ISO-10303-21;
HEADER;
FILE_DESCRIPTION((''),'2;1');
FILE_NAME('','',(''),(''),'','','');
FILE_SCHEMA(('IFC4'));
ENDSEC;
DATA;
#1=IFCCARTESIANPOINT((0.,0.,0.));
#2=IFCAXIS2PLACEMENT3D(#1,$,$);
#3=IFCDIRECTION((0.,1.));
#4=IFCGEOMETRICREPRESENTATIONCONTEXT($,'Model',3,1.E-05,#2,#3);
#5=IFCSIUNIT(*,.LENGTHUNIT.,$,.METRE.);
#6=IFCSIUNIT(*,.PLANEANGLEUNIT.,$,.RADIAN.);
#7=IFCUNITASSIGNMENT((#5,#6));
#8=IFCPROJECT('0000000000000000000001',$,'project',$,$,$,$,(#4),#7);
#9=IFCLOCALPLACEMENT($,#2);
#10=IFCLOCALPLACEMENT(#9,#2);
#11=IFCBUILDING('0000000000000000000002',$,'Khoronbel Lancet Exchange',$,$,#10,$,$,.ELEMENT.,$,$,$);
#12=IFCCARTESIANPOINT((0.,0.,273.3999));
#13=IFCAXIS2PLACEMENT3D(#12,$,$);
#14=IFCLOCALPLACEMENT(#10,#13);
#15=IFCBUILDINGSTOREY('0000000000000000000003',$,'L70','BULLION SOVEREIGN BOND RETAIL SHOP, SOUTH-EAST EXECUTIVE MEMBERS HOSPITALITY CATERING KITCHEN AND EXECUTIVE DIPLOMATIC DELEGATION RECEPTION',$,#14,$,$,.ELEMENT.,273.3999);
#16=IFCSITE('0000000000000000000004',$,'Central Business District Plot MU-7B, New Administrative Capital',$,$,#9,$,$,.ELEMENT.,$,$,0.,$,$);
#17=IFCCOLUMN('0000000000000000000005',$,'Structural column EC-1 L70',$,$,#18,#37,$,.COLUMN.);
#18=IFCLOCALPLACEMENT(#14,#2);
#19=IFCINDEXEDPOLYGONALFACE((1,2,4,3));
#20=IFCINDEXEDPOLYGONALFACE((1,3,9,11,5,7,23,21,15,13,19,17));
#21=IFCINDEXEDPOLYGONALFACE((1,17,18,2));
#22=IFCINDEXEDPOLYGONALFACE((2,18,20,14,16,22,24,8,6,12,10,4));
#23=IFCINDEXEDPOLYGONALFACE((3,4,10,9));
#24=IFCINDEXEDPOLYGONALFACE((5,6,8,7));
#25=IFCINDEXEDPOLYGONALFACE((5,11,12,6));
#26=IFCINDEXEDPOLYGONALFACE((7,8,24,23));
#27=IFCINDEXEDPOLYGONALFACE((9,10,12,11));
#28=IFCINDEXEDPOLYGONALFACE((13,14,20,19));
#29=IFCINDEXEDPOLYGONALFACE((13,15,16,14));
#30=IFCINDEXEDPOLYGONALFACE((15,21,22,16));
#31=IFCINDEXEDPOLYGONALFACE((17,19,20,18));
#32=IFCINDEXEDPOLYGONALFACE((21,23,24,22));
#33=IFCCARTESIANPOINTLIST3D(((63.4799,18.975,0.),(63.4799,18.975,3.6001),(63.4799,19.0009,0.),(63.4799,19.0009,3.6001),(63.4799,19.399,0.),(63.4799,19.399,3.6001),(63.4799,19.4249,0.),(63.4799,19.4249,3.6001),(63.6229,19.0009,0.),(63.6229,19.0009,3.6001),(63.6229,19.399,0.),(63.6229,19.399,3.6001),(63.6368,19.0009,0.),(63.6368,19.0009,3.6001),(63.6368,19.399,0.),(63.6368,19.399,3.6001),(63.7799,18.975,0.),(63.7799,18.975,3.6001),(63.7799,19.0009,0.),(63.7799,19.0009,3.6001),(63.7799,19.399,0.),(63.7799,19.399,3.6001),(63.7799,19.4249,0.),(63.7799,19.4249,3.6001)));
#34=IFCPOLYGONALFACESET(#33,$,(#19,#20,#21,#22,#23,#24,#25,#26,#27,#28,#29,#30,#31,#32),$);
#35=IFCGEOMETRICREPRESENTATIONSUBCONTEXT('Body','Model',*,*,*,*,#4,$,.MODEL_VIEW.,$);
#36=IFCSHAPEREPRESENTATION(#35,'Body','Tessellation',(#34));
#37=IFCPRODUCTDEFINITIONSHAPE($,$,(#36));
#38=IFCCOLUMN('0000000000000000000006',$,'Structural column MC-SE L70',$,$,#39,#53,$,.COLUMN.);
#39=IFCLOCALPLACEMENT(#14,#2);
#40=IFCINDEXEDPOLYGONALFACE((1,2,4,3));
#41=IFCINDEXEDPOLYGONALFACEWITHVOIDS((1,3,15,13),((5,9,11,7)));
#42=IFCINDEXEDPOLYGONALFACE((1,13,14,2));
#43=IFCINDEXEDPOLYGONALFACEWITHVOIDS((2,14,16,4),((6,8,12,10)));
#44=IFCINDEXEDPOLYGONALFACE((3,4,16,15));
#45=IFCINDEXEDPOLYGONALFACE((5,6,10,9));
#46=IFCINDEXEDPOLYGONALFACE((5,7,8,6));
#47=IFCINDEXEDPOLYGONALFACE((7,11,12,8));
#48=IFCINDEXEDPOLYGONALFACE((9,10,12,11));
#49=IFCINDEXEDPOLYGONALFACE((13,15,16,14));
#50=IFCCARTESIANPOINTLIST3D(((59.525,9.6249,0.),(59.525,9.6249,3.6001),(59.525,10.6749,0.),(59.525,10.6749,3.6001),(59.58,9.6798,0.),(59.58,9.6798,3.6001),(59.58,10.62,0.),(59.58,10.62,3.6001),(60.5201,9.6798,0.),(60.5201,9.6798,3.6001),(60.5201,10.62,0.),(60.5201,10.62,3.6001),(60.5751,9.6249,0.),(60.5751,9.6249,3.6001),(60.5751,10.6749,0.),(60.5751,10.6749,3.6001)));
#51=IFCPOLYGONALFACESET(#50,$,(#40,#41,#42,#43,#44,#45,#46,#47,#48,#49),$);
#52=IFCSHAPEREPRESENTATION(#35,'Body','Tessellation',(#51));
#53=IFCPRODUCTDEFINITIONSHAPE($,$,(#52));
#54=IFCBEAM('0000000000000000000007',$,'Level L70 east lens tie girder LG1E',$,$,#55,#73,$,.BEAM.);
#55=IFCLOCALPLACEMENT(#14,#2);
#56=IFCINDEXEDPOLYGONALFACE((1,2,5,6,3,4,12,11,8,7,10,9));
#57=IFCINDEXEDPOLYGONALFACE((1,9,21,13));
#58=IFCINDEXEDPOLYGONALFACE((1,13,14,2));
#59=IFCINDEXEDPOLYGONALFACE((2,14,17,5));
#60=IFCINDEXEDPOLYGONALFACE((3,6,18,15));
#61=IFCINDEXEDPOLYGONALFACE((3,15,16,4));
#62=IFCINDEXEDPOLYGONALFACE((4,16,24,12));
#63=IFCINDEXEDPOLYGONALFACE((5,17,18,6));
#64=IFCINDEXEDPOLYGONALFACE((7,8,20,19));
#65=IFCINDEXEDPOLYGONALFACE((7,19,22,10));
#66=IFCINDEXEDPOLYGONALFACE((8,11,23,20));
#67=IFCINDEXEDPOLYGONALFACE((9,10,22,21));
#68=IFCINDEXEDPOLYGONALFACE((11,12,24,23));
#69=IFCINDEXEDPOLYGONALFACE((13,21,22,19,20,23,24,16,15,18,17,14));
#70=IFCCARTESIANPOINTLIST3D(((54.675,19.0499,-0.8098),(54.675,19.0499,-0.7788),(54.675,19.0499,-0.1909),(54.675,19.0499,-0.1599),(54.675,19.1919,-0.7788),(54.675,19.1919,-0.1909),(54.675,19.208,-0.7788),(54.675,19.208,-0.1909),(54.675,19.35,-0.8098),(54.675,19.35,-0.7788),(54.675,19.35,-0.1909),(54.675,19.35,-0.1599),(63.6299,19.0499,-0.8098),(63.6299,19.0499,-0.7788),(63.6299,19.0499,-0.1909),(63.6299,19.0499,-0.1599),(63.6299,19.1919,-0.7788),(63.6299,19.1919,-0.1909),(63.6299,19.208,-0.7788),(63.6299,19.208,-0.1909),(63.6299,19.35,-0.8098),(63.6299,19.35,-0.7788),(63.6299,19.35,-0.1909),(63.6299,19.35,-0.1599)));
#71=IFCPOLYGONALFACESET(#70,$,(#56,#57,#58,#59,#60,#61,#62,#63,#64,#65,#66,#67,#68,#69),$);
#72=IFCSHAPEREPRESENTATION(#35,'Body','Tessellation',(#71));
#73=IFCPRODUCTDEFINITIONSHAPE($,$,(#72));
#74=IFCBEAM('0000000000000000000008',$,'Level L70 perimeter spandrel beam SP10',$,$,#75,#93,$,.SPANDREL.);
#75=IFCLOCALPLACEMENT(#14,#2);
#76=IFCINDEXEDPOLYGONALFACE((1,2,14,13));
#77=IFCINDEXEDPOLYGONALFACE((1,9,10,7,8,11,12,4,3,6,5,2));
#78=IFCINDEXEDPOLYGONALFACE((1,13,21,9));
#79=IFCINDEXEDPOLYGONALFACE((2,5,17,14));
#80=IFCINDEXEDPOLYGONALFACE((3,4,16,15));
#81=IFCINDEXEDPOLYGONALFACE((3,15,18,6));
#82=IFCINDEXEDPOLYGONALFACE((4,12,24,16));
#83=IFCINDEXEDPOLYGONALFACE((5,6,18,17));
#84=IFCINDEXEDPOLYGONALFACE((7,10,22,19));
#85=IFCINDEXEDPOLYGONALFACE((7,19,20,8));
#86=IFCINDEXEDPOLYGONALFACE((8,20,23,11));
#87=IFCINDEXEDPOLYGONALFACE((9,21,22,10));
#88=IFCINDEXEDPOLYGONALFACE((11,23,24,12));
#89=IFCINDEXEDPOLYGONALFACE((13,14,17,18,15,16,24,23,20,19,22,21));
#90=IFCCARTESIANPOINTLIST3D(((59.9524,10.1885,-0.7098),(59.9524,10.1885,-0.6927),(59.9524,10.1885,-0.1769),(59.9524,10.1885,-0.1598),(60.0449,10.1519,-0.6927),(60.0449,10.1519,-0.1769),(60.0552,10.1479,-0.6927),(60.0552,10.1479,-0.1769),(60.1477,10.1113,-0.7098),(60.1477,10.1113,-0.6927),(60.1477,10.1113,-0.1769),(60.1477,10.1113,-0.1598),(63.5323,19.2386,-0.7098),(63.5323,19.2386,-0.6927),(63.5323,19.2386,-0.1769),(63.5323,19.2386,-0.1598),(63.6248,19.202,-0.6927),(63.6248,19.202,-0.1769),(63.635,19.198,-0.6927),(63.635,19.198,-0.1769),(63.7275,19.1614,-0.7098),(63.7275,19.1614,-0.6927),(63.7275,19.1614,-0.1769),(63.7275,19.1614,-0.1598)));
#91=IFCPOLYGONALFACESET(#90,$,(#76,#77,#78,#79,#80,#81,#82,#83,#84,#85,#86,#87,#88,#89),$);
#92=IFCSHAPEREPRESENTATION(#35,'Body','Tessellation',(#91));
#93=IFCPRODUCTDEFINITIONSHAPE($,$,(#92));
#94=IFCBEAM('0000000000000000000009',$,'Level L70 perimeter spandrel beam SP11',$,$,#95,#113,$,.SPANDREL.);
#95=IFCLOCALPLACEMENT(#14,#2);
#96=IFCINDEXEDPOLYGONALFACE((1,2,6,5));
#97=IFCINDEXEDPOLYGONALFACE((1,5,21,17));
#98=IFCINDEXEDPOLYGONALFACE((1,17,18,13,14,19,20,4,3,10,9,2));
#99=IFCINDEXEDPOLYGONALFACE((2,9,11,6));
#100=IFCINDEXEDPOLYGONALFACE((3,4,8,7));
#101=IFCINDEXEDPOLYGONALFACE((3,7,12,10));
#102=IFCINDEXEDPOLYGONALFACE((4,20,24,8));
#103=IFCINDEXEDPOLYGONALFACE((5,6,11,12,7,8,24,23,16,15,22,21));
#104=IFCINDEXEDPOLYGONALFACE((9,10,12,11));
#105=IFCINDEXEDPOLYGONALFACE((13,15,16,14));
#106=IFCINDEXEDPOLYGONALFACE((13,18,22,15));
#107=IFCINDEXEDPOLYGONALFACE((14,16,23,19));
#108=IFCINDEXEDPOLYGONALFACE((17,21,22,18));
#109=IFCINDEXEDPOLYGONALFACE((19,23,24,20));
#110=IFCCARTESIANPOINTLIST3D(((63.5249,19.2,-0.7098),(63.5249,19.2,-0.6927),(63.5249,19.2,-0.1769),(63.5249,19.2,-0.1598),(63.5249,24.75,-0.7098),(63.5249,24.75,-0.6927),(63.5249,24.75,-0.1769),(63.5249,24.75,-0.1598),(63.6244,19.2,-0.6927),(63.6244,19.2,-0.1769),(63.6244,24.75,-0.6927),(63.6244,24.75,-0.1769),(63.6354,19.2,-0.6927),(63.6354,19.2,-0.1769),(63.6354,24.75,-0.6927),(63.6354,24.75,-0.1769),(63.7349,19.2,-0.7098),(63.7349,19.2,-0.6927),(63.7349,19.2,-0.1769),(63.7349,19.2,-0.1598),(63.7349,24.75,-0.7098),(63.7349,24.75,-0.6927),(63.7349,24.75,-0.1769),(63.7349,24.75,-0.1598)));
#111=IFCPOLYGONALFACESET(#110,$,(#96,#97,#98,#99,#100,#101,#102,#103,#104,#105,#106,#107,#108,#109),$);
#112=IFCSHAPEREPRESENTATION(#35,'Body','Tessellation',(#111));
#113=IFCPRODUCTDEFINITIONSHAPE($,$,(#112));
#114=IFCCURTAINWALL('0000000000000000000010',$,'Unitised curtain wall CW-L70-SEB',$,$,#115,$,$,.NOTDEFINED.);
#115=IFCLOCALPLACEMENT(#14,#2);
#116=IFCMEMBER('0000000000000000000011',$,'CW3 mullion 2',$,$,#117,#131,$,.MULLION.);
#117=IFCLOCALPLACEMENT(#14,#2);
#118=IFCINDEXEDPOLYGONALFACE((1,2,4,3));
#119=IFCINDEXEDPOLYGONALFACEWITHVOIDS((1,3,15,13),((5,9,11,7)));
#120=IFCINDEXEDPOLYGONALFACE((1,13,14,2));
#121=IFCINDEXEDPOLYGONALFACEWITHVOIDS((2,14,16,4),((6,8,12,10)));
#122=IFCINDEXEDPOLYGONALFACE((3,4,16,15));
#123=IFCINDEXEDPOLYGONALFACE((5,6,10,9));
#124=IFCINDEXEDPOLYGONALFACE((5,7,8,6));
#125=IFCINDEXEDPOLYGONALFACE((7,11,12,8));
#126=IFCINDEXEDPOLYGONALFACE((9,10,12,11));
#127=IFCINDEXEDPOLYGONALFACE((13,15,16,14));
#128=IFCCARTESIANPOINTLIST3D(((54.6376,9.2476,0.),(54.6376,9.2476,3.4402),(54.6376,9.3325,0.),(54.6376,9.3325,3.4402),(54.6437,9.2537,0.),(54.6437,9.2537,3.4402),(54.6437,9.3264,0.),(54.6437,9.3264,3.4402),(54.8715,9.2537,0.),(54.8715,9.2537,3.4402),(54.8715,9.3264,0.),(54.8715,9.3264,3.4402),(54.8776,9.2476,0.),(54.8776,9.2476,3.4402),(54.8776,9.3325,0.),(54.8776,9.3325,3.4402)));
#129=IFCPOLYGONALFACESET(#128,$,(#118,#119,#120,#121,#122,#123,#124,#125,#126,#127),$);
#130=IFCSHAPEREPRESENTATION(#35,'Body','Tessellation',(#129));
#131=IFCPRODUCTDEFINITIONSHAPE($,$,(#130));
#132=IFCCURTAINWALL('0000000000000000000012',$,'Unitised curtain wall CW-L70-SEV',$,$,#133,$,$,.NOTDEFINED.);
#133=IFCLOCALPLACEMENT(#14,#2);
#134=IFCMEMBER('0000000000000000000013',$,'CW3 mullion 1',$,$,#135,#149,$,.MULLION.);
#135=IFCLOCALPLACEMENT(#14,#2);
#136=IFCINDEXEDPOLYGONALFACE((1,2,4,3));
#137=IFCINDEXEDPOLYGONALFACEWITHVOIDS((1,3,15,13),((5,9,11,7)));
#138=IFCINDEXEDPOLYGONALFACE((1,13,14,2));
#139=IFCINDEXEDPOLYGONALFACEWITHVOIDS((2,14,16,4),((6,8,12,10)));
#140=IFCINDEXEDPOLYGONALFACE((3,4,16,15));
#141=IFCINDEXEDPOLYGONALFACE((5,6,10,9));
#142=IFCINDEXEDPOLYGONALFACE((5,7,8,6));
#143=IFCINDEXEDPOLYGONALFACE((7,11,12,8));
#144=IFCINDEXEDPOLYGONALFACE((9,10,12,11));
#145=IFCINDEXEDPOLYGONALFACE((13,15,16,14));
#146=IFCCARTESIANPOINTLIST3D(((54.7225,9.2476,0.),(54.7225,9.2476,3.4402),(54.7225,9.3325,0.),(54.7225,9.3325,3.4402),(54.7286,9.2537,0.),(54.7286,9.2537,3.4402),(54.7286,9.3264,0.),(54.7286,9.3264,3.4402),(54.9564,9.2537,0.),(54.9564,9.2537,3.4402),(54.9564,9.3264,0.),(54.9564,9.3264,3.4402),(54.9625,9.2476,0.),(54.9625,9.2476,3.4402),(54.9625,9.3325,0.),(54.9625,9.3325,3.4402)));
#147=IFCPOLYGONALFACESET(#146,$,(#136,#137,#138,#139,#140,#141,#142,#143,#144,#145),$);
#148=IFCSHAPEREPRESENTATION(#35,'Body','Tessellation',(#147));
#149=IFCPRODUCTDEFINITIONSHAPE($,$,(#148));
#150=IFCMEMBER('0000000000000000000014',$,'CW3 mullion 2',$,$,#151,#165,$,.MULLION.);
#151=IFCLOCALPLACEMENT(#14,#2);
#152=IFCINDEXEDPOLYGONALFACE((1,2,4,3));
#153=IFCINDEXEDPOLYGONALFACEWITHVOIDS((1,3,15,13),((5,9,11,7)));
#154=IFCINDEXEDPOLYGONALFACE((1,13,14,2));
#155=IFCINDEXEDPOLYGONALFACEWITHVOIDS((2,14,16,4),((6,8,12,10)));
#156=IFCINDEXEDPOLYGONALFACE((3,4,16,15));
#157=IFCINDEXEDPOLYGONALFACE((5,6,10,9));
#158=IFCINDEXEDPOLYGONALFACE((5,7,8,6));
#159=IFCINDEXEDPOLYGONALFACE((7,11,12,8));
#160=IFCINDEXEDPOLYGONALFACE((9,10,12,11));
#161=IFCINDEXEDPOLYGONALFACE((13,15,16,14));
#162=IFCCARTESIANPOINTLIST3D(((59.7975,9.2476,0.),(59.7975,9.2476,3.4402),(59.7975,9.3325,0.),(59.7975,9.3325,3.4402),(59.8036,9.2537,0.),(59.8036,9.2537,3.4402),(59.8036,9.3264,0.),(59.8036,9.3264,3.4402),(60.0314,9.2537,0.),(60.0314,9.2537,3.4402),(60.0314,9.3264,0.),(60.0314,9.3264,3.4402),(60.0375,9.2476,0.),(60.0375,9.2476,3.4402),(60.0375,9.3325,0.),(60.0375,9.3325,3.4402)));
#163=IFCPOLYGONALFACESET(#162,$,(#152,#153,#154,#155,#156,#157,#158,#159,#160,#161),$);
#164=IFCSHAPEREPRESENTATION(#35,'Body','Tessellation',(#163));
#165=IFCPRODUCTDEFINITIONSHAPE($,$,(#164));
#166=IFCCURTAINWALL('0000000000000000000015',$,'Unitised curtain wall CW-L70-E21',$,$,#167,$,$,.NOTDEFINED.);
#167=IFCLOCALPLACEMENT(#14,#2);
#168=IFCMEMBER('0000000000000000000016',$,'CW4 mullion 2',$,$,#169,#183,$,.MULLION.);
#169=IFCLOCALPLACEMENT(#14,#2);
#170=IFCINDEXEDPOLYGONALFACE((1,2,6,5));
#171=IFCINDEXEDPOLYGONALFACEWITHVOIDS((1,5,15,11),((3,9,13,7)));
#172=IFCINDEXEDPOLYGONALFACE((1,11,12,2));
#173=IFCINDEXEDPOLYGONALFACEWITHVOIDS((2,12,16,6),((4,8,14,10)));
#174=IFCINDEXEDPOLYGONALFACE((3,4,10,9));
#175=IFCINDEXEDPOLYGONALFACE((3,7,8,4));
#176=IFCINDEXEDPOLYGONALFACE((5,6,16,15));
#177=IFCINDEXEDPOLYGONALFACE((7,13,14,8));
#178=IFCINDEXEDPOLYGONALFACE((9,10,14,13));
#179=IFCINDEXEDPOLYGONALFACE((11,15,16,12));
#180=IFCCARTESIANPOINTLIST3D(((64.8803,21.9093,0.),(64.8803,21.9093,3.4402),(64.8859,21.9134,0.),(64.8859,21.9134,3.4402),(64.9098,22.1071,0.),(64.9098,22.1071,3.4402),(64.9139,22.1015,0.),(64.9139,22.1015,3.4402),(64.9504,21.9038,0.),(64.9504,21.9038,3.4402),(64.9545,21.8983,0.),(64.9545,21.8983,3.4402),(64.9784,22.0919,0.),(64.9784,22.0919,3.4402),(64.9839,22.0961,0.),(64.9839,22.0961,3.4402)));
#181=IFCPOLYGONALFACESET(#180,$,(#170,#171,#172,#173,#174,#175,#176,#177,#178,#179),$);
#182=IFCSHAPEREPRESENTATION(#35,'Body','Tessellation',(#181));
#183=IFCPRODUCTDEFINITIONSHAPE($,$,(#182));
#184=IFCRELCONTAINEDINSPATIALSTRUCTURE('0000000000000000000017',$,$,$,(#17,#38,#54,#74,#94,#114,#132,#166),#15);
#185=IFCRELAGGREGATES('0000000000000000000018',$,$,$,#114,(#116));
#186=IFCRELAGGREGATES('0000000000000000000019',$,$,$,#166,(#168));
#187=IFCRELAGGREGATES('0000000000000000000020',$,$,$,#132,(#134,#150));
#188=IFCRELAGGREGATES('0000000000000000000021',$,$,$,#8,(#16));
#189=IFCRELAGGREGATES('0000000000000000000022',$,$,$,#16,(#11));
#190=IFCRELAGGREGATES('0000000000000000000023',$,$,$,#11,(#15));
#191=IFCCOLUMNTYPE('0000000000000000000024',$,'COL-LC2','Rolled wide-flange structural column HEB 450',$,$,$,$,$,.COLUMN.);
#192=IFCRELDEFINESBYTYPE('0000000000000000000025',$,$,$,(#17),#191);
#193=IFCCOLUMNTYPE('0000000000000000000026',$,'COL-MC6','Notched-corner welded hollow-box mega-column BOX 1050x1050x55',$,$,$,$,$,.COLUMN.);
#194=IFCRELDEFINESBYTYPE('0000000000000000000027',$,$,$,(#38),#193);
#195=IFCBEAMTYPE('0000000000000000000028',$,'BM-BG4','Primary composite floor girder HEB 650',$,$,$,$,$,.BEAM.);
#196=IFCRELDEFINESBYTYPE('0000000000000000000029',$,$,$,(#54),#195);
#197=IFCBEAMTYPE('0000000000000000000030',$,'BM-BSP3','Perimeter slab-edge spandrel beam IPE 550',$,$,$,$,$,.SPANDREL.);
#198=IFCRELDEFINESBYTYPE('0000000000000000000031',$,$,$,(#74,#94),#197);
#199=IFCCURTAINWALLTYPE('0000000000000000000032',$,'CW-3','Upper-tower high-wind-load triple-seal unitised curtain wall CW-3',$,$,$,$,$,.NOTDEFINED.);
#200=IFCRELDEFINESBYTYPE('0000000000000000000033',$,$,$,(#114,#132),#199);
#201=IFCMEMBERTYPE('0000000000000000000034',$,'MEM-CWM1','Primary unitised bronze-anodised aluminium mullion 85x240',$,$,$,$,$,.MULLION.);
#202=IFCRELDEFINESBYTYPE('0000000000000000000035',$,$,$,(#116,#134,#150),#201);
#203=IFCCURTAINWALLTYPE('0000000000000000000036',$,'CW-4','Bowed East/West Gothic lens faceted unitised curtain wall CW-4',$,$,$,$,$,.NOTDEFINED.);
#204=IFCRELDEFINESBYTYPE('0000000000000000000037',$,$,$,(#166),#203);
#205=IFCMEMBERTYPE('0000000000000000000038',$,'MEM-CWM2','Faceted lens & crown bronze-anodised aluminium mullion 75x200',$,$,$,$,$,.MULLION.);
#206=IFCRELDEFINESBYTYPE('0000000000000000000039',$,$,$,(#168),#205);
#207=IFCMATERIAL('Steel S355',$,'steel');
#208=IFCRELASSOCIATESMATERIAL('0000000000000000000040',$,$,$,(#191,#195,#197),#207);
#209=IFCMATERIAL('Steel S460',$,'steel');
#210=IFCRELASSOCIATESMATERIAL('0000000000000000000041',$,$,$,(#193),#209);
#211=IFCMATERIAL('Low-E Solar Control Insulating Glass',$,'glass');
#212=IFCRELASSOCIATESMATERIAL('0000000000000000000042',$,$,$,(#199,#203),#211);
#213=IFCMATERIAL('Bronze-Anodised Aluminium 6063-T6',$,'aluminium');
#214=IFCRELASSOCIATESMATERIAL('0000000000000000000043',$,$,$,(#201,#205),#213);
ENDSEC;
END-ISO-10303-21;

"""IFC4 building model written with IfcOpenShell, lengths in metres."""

from ifc_helpers import new_model, si_unit, direction, frame, origin, origin_2d, place, context, subcontext, project, spatial, hollow_rectangle, i_section, extrude, material, material_profile, profile_set, type_object, element, aggregate, save


model = new_model("IFC4")

# Units and contexts
model_context = context("Model", 3, precision=1e-05, world=origin(), true_north=direction((0.0, 1.0)))
body_context = subcontext(model_context, "Body", "Model", "MODEL_VIEW")
ifc_project = project(units=[si_unit("LENGTHUNIT", "METRE"), si_unit("PLANEANGLEUNIT", "RADIAN")], contexts=[model_context])

# Site, building, storey
site_placement = place(None, origin())
site = spatial("IfcSite", under=ifc_project, at=site_placement, Name="Central Business District Plot MU-7B, New Administrative Capital", CompositionType="ELEMENT", RefElevation=0.0)
building_placement = place(site_placement, origin())
building = spatial("IfcBuilding", under=site, at=building_placement, Name="Khoronbel Lancet Exchange", CompositionType="ELEMENT")
storey_placement = place(building_placement, frame((0.0, 0.0, 273.3999)))
storey = spatial("IfcBuildingStorey", under=building, at=storey_placement, Name="L70", Description="BULLION SOVEREIGN BOND RETAIL SHOP, SOUTH-EAST EXECUTIVE MEMBERS HOSPITALITY CATERING KITCHEN AND EXECUTIVE DIPLOMATIC DELEGATION RECEPTION", CompositionType="ELEMENT", Elevation=273.3999)

# Columns
ifc_material_1 = material(Name="Steel S355", Category="steel")
ifc_material_profile_1 = material_profile(ifc_material_1, i_section(OverallWidth=0.3, OverallDepth=0.45, WebThickness=0.0139, FlangeThickness=0.0259, at=origin_2d()), Name="HEB 450")
ifc_profile_set_1 = profile_set([ifc_material_profile_1], Name="Steel S355")
column_type_1 = type_object("IfcColumnType", Name="COL-LC2", Description="Rolled wide-flange structural column HEB 450", PredefinedType="COLUMN", material=ifc_profile_set_1)
column_1_placement = place(storey_placement, frame((63.6299, 19.2, 0.0), z_axis=(0.0, 0.0, 1.0), x_axis=(1.0, 0.0, 0.0)))
element("IfcColumn", 1, at=column_1_placement, inside=storey, type_object=column_type_1, Name="Structural column EC-1 L70", PredefinedType="COLUMN", context=body_context, shape_type="SweptSolid", body=[
    extrude(i_section(OverallWidth=0.3, OverallDepth=0.45, WebThickness=0.0139, FlangeThickness=0.0259, at=origin_2d()), origin(), (0.0, 0.0, 1.0), 3.6001),
])
ifc_material_2 = material(Name="Steel S460", Category="steel")
ifc_material_profile_2 = material_profile(ifc_material_2, hollow_rectangle(XDim=1.05, YDim=1.05, WallThickness=0.0549, at=origin_2d()), Name="BOX 1050x1050x55")
ifc_profile_set_2 = profile_set([ifc_material_profile_2], Name="Steel S460")
column_type_2 = type_object("IfcColumnType", Name="COL-MC6", Description="Notched-corner welded hollow-box mega-column BOX 1050x1050x55", PredefinedType="COLUMN", material=ifc_profile_set_2)
column_2_placement = place(storey_placement, frame((60.05, 10.1499, 0.0), z_axis=(0.0, 0.0, 1.0), x_axis=(1.0, 0.0, 0.0)))
element("IfcColumn", 2, at=column_2_placement, inside=storey, type_object=column_type_2, Name="Structural column MC-SE L70", PredefinedType="COLUMN", context=body_context, shape_type="SweptSolid", body=[
    extrude(hollow_rectangle(XDim=1.05, YDim=1.05, WallThickness=0.0549, at=origin_2d()), origin(), (0.0, 0.0, 1.0), 3.6001),
])

# Beams
ifc_material_profile_3 = material_profile(ifc_material_1, i_section(OverallWidth=0.3, OverallDepth=0.6499, WebThickness=0.0161, FlangeThickness=0.031, at=origin_2d()), Name="HEB 650")
ifc_profile_set_3 = profile_set([ifc_material_profile_3], Name="Steel S355")
beam_type_1 = type_object("IfcBeamType", Name="BM-BG4", Description="Primary composite floor girder HEB 650", PredefinedType="BEAM", material=ifc_profile_set_3)
beam_1_placement = place(storey_placement, frame((54.675, 19.2, -0.4849), z_axis=(1.0, 0.0, 0.0), x_axis=(0.0, 1.0, 0.0)))
element("IfcBeam", 3, at=beam_1_placement, inside=storey, type_object=beam_type_1, Name="Level L70 east lens tie girder LG1E", PredefinedType="BEAM", context=body_context, shape_type="SweptSolid", body=[
    extrude(i_section(OverallWidth=0.3, OverallDepth=0.6499, WebThickness=0.0161, FlangeThickness=0.031, at=origin_2d()), origin(), (0.0, 0.0, 1.0), 8.9548),
])
ifc_material_profile_4 = material_profile(ifc_material_1, i_section(OverallWidth=0.21, OverallDepth=0.55, WebThickness=0.011, FlangeThickness=0.0171, at=origin_2d()), Name="IPE 550")
ifc_profile_set_4 = profile_set([ifc_material_profile_4], Name="Steel S355")
beam_type_2 = type_object("IfcBeamType", Name="BM-BSP3", Description="Perimeter slab-edge spandrel beam IPE 550", PredefinedType="SPANDREL", material=ifc_profile_set_4)
beam_2_placement = place(storey_placement, frame((60.05, 10.1499, -0.4348), z_axis=(0.367828, 0.929894, 0.0), x_axis=(-0.929894, 0.367828, 0.0)))
element("IfcBeam", 4, at=beam_2_placement, inside=storey, type_object=beam_type_2, Name="Level L70 perimeter spandrel beam SP10", PredefinedType="SPANDREL", context=body_context, shape_type="SweptSolid", body=[
    extrude(i_section(OverallWidth=0.21, OverallDepth=0.55, WebThickness=0.011, FlangeThickness=0.0171, at=origin_2d()), origin(), (0.0, 0.0, 1.0), 9.7324),
])
beam_3_placement = place(storey_placement, frame((63.6299, 19.2, -0.4348), z_axis=(0.0, 1.0, 0.0), x_axis=(-1.0, 0.0, 0.0)))
element("IfcBeam", 5, at=beam_3_placement, inside=storey, type_object=beam_type_2, Name="Level L70 perimeter spandrel beam SP11", PredefinedType="SPANDREL", context=body_context, shape_type="SweptSolid", body=[
    extrude(i_section(OverallWidth=0.21, OverallDepth=0.55, WebThickness=0.011, FlangeThickness=0.0171, at=origin_2d()), origin(), (0.0, 0.0, 1.0), 5.55),
])

# Curtain wall, member
ifc_material_3 = material(Name="Low-E Solar Control Insulating Glass", Category="glass")
curtain_wall_type_1 = type_object("IfcCurtainWallType", Name="CW-3", Description="Upper-tower high-wind-load triple-seal unitised curtain wall CW-3", PredefinedType="NOTDEFINED", material=ifc_material_3)
curtain_wall_1_placement = place(storey_placement, origin())
curtain_wall_1 = element("IfcCurtainWall", 6, at=curtain_wall_1_placement, inside=storey, type_object=curtain_wall_type_1, Name="Unitised curtain wall CW-L70-SEB", PredefinedType="NOTDEFINED")
ifc_material_4 = material(Name="Bronze-Anodised Aluminium 6063-T6", Category="aluminium")
ifc_material_profile_5 = material_profile(ifc_material_4, hollow_rectangle(XDim=0.085, YDim=0.24, WallThickness=0.0061, at=origin_2d()), Name="ALU MULLION 85x240")
ifc_profile_set_5 = profile_set([ifc_material_profile_5], Name="Bronze-Anodised Aluminium 6063-T6")
member_type_1 = type_object("IfcMemberType", Name="MEM-CWM1", Description="Primary unitised bronze-anodised aluminium mullion 85x240", PredefinedType="MULLION", material=ifc_profile_set_5)
member_1_placement = place(storey_placement, frame((54.7576, 9.29, 0.0), z_axis=(0.0, 0.0, 1.0), x_axis=(0.0, 1.0, 0.0)))
member_1 = element("IfcMember", 7, at=member_1_placement, type_object=member_type_1, Name="CW3 mullion 2", PredefinedType="MULLION", context=body_context, shape_type="SweptSolid", body=[
    extrude(hollow_rectangle(XDim=0.085, YDim=0.24, WallThickness=0.0061, at=origin_2d()), origin(), (0.0, 0.0, 1.0), 3.4402),
])
aggregate(curtain_wall_1, [member_1])

# Curtain wall, members
curtain_wall_2_placement = place(storey_placement, origin())
curtain_wall_2 = element("IfcCurtainWall", 8, at=curtain_wall_2_placement, inside=storey, type_object=curtain_wall_type_1, Name="Unitised curtain wall CW-L70-SEV", PredefinedType="NOTDEFINED")
member_2_placement = place(storey_placement, frame((54.8425, 9.29, 0.0), z_axis=(0.0, 0.0, 1.0), x_axis=(0.0, 1.0, 0.0)))
member_2 = element("IfcMember", 9, at=member_2_placement, type_object=member_type_1, Name="CW3 mullion 1", PredefinedType="MULLION", context=body_context, shape_type="SweptSolid", body=[
    extrude(hollow_rectangle(XDim=0.085, YDim=0.24, WallThickness=0.0061, at=origin_2d()), origin(), (0.0, 0.0, 1.0), 3.4402),
])
member_3_placement = place(storey_placement, frame((59.9175, 9.29, 0.0), z_axis=(0.0, 0.0, 1.0), x_axis=(0.0, 1.0, 0.0)))
member_3 = element("IfcMember", 10, at=member_3_placement, type_object=member_type_1, Name="CW3 mullion 2", PredefinedType="MULLION", context=body_context, shape_type="SweptSolid", body=[
    extrude(hollow_rectangle(XDim=0.085, YDim=0.24, WallThickness=0.0061, at=origin_2d()), origin(), (0.0, 0.0, 1.0), 3.4402),
])

# Curtain wall, member
curtain_wall_type_2 = type_object("IfcCurtainWallType", Name="CW-4", Description="Bowed East/West Gothic lens faceted unitised curtain wall CW-4", PredefinedType="NOTDEFINED", material=ifc_material_3)
curtain_wall_3_placement = place(storey_placement, origin())
curtain_wall_3 = element("IfcCurtainWall", 11, at=curtain_wall_3_placement, inside=storey, type_object=curtain_wall_type_2, Name="Unitised curtain wall CW-L70-E21", PredefinedType="NOTDEFINED")
ifc_material_profile_6 = material_profile(ifc_material_4, hollow_rectangle(XDim=0.075, YDim=0.2, WallThickness=0.0049, at=origin_2d()), Name="ALU MULLION 75x200")
ifc_profile_set_6 = profile_set([ifc_material_profile_6], Name="Bronze-Anodised Aluminium 6063-T6")
member_type_2 = type_object("IfcMemberType", Name="MEM-CWM2", Description="Faceted lens & crown bronze-anodised aluminium mullion 75x200", PredefinedType="MULLION", material=ifc_profile_set_6)
member_4_placement = place(storey_placement, frame((64.9321, 22.0027, 0.0), z_axis=(0.0, 0.0, 1.0), x_axis=(0.989114, -0.147152, 0.0)))
member_4 = element("IfcMember", 12, at=member_4_placement, type_object=member_type_2, Name="CW4 mullion 2", PredefinedType="MULLION", context=body_context, shape_type="SweptSolid", body=[
    extrude(hollow_rectangle(XDim=0.075, YDim=0.2, WallThickness=0.0049, at=origin_2d()), origin(), (0.0, 0.0, 1.0), 3.4402),
])
aggregate(curtain_wall_3, [member_4])

aggregate(curtain_wall_2, [member_2, member_3])

save(model, "model.ifc")
